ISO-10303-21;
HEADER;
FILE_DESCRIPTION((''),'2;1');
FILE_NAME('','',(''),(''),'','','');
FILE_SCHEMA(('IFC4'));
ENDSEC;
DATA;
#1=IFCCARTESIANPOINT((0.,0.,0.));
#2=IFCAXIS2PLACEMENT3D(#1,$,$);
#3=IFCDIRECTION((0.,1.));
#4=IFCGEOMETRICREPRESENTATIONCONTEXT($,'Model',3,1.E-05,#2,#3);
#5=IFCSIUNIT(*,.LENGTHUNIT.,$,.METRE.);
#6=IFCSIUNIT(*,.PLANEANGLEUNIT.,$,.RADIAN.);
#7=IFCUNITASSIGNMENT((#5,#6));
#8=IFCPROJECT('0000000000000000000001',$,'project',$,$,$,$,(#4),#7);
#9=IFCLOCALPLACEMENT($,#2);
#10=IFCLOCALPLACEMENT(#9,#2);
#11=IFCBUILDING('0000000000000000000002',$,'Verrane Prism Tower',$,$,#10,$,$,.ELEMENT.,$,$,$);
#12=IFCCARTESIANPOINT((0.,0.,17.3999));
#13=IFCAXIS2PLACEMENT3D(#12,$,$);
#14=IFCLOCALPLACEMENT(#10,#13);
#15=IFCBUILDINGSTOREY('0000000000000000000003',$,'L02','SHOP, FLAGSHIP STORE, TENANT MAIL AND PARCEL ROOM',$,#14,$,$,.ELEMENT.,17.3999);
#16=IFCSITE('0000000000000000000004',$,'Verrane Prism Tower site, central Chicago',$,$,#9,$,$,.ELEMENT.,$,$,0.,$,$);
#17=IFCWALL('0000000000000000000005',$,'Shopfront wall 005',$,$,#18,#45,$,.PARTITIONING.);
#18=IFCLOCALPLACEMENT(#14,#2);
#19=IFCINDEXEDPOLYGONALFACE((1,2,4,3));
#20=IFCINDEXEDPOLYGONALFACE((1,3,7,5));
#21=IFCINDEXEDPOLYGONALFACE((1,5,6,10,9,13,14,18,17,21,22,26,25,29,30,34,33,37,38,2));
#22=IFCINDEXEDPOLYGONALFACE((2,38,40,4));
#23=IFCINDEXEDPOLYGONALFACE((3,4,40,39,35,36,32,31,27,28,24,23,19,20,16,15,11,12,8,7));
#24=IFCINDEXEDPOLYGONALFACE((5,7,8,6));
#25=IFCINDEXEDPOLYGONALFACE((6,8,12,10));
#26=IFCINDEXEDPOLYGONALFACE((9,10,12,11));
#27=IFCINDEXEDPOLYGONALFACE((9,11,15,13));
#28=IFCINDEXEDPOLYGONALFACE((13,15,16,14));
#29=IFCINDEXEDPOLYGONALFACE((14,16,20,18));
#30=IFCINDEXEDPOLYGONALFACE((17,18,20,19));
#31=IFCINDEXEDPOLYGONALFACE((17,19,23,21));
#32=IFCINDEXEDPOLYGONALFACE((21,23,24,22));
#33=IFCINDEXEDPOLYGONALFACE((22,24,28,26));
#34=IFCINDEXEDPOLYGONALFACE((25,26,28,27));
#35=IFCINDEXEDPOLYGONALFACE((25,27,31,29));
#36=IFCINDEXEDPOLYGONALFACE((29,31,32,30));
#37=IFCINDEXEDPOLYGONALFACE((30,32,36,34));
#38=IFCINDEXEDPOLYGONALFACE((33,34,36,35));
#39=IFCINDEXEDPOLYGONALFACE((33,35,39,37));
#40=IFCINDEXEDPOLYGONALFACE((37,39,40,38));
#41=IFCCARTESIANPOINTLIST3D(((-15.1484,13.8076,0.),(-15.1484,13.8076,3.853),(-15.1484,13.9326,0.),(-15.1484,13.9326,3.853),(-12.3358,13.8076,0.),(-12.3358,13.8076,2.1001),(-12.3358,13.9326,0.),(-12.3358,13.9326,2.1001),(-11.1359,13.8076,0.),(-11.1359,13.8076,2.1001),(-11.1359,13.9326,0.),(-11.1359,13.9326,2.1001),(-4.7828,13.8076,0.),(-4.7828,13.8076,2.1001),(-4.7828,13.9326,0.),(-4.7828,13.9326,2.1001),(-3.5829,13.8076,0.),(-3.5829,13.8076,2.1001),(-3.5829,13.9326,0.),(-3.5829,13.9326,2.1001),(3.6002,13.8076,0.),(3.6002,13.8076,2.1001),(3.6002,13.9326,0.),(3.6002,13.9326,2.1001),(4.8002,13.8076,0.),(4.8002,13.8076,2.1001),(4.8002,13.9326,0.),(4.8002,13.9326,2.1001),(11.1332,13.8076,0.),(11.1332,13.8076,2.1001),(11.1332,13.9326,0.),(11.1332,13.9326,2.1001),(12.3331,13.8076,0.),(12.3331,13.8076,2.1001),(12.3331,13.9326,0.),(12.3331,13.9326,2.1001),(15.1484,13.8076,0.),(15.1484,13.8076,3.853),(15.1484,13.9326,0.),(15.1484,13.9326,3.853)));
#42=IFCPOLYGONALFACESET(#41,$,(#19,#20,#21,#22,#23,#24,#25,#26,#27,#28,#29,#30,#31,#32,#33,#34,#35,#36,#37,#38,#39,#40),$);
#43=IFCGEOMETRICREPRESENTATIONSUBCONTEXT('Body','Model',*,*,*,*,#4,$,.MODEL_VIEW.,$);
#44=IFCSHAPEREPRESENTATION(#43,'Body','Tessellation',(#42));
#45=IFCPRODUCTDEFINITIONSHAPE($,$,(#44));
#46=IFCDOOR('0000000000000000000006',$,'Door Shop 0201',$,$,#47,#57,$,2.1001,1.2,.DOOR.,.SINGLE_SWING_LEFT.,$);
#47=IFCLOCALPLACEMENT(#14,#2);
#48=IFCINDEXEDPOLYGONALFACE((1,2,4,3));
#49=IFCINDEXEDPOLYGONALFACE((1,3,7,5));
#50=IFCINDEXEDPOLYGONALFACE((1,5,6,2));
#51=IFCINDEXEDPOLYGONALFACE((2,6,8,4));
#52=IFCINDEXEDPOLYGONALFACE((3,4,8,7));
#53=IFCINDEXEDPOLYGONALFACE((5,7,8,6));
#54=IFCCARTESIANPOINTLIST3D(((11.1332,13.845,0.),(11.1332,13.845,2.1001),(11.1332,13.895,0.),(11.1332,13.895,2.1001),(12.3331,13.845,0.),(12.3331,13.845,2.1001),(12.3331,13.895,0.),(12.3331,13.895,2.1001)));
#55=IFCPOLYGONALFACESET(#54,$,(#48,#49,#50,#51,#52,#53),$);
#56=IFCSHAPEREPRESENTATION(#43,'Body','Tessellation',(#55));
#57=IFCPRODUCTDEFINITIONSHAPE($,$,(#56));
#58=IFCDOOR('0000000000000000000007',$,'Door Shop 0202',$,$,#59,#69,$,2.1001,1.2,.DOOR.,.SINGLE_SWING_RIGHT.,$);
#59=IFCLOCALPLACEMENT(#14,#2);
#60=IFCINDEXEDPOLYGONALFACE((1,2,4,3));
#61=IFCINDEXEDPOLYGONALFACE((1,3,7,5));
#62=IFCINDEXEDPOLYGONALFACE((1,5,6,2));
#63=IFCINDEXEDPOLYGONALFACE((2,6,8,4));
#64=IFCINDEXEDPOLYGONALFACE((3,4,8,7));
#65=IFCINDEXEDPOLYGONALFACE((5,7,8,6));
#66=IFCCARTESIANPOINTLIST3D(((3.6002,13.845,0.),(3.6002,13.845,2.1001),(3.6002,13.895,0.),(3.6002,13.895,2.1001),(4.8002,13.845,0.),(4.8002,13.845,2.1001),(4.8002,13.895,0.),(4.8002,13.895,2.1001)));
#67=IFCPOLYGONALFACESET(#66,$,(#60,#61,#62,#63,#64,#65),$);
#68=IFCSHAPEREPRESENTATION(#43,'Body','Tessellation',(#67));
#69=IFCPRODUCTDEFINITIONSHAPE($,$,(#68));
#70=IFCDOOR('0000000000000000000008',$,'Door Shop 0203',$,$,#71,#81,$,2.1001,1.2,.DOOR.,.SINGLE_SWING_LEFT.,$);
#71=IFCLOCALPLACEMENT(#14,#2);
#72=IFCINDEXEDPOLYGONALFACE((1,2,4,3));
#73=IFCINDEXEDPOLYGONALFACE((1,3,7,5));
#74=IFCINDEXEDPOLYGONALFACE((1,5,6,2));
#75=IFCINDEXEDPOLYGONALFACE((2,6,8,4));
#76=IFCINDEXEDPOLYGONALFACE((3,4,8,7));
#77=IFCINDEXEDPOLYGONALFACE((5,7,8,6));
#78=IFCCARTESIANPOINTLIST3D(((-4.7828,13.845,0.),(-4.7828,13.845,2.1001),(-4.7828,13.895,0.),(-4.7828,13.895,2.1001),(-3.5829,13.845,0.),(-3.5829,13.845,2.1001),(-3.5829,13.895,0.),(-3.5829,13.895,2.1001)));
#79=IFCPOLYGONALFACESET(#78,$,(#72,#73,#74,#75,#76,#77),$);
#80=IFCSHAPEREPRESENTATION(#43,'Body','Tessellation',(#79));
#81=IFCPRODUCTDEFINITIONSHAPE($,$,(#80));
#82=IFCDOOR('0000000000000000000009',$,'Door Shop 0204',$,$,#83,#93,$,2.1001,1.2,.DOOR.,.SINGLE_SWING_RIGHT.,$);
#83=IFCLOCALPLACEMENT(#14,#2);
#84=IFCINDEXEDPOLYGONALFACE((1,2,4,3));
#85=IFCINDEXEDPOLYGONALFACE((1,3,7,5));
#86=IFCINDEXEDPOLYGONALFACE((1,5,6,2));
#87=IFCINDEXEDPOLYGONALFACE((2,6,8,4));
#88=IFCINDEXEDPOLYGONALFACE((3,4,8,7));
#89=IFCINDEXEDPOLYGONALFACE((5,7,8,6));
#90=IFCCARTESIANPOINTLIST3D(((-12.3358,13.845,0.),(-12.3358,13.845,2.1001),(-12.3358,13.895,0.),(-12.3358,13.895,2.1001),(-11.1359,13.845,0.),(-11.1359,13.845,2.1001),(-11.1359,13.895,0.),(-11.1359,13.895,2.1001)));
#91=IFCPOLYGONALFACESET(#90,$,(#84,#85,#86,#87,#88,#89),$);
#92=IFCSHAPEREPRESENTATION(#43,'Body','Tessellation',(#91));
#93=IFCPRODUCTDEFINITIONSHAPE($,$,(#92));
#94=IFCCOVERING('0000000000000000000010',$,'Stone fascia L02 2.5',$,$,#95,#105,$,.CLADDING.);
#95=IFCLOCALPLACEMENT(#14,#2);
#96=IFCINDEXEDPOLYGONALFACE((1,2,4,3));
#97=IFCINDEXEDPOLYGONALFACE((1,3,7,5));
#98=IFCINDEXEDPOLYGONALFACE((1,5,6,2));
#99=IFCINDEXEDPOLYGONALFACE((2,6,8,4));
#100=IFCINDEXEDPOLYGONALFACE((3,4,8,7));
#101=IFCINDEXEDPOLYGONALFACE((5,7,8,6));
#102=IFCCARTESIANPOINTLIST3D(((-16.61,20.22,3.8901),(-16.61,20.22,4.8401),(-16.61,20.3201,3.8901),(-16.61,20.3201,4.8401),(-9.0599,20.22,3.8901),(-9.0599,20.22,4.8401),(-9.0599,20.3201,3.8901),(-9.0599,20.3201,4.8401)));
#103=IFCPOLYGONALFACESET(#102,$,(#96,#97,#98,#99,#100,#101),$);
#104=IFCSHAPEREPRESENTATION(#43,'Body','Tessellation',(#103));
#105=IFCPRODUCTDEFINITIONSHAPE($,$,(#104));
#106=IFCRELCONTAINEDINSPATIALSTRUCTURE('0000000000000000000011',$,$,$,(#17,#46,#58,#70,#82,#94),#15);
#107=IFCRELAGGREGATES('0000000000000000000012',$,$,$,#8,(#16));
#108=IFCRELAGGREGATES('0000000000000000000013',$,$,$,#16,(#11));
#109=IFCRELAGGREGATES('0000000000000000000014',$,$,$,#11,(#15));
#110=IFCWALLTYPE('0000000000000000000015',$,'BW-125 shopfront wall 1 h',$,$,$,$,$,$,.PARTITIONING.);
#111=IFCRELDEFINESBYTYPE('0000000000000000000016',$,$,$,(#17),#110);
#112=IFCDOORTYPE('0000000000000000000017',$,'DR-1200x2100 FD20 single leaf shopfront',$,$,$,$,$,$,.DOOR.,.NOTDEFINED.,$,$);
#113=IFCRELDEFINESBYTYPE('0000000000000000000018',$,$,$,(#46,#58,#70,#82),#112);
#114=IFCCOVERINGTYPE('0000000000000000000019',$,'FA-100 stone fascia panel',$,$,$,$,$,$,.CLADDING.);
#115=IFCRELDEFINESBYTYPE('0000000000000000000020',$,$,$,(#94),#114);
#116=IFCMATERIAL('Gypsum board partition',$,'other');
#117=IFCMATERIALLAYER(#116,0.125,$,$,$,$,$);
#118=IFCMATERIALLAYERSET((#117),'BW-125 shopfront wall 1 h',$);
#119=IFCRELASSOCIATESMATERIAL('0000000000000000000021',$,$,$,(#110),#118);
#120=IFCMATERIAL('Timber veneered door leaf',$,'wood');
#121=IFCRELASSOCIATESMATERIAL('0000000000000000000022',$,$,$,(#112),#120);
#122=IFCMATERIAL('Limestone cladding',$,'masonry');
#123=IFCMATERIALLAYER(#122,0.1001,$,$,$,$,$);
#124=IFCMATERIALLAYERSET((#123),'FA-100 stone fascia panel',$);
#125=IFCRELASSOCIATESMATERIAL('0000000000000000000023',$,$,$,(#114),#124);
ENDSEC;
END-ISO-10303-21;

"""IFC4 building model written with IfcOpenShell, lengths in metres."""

from ifc_helpers import new_model, si_unit, direction, frame, frame_2d, origin, origin_2d, place, context, subcontext, project, spatial, rectangle, extrude, material, layer, layer_set, type_object, element, fill, save


model = new_model("IFC4")

# Units and contexts
model_context = context("Model", 3, precision=1e-05, world=origin(), true_north=direction((0.0, 1.0)))
body_context = subcontext(model_context, "Body", "Model", "MODEL_VIEW")
ifc_project = project(units=[si_unit("LENGTHUNIT", "METRE"), si_unit("PLANEANGLEUNIT", "RADIAN")], contexts=[model_context])

# Site, building, storey
site_placement = place(None, origin())
site = spatial("IfcSite", under=ifc_project, at=site_placement, Name="Verrane Prism Tower site, central Chicago", CompositionType="ELEMENT", RefElevation=0.0)
building_placement = place(site_placement, origin())
building = spatial("IfcBuilding", under=site, at=building_placement, Name="Verrane Prism Tower", CompositionType="ELEMENT")
storey_placement = place(building_placement, frame((0.0, 0.0, 17.3999)))
storey = spatial("IfcBuildingStorey", under=building, at=storey_placement, Name="L02", Description="SHOP, FLAGSHIP STORE, TENANT MAIL AND PARCEL ROOM", CompositionType="ELEMENT", Elevation=17.3999)

# Shared definitions
ifc_material_1 = material(Name="Gypsum board partition", Category="other")
ifc_layer_1 = layer(ifc_material_1, 0.125)
ifc_layer_set_1 = layer_set([ifc_layer_1], Name="BW-125 shopfront wall 1 h")
wall_type = type_object("IfcWallType", Name="BW-125 shopfront wall 1 h", PredefinedType="PARTITIONING", material=ifc_layer_set_1)

# Wall, openings, doors
wall_1_placement = place(storey_placement, frame((-15.1484, 13.8701, 0.0), z_axis=(0.0, 0.0, 1.0), x_axis=(1.0, 0.0, 0.0)))
wall_1 = element("IfcWall", 1, at=wall_1_placement, inside=storey, type_object=wall_type, Name="Shopfront wall 005", PredefinedType="PARTITIONING", context=body_context, shape_type="SweptSolid", body=[
    extrude(rectangle(XDim=30.2969, YDim=0.125, at=frame_2d((15.1484, 0.0))), origin(), (0.0, 0.0, 1.0), 3.853),
])
opening_1_placement = place(wall_1_placement, frame((26.2815, 0.0, 0.0)))
opening_1 = element("IfcOpeningElement", 2, at=opening_1_placement, cuts=wall_1, PredefinedType="OPENING", context=body_context, shape_type="SweptSolid", body=[
    extrude(rectangle(XDim=1.2, YDim=2.1001, at=frame_2d((0.6001, 1.05))), frame((0.0, 0.0725, 0.0), z_axis=(0.0, -1.0, 0.0), x_axis=(1.0, 0.0, 0.0)), (0.0, 0.0, 1.0), 0.145),
])
opening_2_placement = place(wall_1_placement, frame((18.7485, 0.0, 0.0)))
opening_2 = element("IfcOpeningElement", 3, at=opening_2_placement, cuts=wall_1, PredefinedType="OPENING", context=body_context, shape_type="SweptSolid", body=[
    extrude(rectangle(XDim=1.2, YDim=2.1001, at=frame_2d((0.6001, 1.05))), frame((0.0, 0.0725, 0.0), z_axis=(0.0, -1.0, 0.0), x_axis=(1.0, 0.0, 0.0)), (0.0, 0.0, 1.0), 0.145),
])
opening_3_placement = place(wall_1_placement, frame((10.3655, 0.0, 0.0)))
opening_3 = element("IfcOpeningElement", 4, at=opening_3_placement, cuts=wall_1, PredefinedType="OPENING", context=body_context, shape_type="SweptSolid", body=[
    extrude(rectangle(XDim=1.2, YDim=2.1001, at=frame_2d((0.6001, 1.05))), frame((0.0, 0.0725, 0.0), z_axis=(0.0, -1.0, 0.0), x_axis=(1.0, 0.0, 0.0)), (0.0, 0.0, 1.0), 0.145),
])
opening_4_placement = place(wall_1_placement, frame((2.8125, 0.0, 0.0)))
opening_4 = element("IfcOpeningElement", 5, at=opening_4_placement, cuts=wall_1, PredefinedType="OPENING", context=body_context, shape_type="SweptSolid", body=[
    extrude(rectangle(XDim=1.2, YDim=2.1001, at=frame_2d((0.6001, 1.05))), frame((0.0, 0.0725, 0.0), z_axis=(0.0, -1.0, 0.0), x_axis=(1.0, 0.0, 0.0)), (0.0, 0.0, 1.0), 0.145),
])
ifc_material_2 = material(Name="Timber veneered door leaf", Category="wood")
door_type = type_object("IfcDoorType", Name="DR-1200x2100 FD20 single leaf shopfront", OperationType="NOTDEFINED", PredefinedType="DOOR", material=ifc_material_2)
door_1_placement = place(opening_1_placement, origin())
door_1 = element("IfcDoor", 6, at=door_1_placement, inside=storey, type_object=door_type, Name="Door Shop 0201", OperationType="SINGLE_SWING_LEFT", OverallHeight=2.1001, OverallWidth=1.2, PredefinedType="DOOR", context=body_context, shape_type="SweptSolid", body=[
    extrude(rectangle(XDim=1.2, YDim=2.1001, at=frame_2d((0.6001, 1.05))), frame((0.0, 0.0249, 0.0), z_axis=(0.0, -1.0, 0.0), x_axis=(1.0, 0.0, 0.0)), (0.0, 0.0, 1.0), 0.05),
])
fill(opening_1, door_1)
door_2_placement = place(opening_2_placement, origin())
door_2 = element("IfcDoor", 7, at=door_2_placement, inside=storey, type_object=door_type, Name="Door Shop 0202", OperationType="SINGLE_SWING_RIGHT", OverallHeight=2.1001, OverallWidth=1.2, PredefinedType="DOOR", context=body_context, shape_type="SweptSolid", body=[
    extrude(rectangle(XDim=1.2, YDim=2.1001, at=frame_2d((0.6001, 1.05))), frame((0.0, 0.0249, 0.0), z_axis=(0.0, -1.0, 0.0), x_axis=(1.0, 0.0, 0.0)), (0.0, 0.0, 1.0), 0.05),
])
fill(opening_2, door_2)
door_3_placement = place(opening_3_placement, origin())
door_3 = element("IfcDoor", 8, at=door_3_placement, inside=storey, type_object=door_type, Name="Door Shop 0203", OperationType="SINGLE_SWING_LEFT", OverallHeight=2.1001, OverallWidth=1.2, PredefinedType="DOOR", context=body_context, shape_type="SweptSolid", body=[
    extrude(rectangle(XDim=1.2, YDim=2.1001, at=frame_2d((0.6001, 1.05))), frame((0.0, 0.0249, 0.0), z_axis=(0.0, -1.0, 0.0), x_axis=(1.0, 0.0, 0.0)), (0.0, 0.0, 1.0), 0.05),
])
fill(opening_3, door_3)
door_4_placement = place(opening_4_placement, origin())
door_4 = element("IfcDoor", 9, at=door_4_placement, inside=storey, type_object=door_type, Name="Door Shop 0204", OperationType="SINGLE_SWING_RIGHT", OverallHeight=2.1001, OverallWidth=1.2, PredefinedType="DOOR", context=body_context, shape_type="SweptSolid", body=[
    extrude(rectangle(XDim=1.2, YDim=2.1001, at=frame_2d((0.6001, 1.05))), frame((0.0, 0.0249, 0.0), z_axis=(0.0, -1.0, 0.0), x_axis=(1.0, 0.0, 0.0)), (0.0, 0.0, 1.0), 0.05),
])
fill(opening_4, door_4)

# Covering
ifc_material_3 = material(Name="Limestone cladding", Category="masonry")
ifc_layer_2 = layer(ifc_material_3, 0.1001)
ifc_layer_set_2 = layer_set([ifc_layer_2], Name="FA-100 stone fascia panel")
covering_type = type_object("IfcCoveringType", Name="FA-100 stone fascia panel", PredefinedType="CLADDING", material=ifc_layer_set_2)
covering_placement = place(storey_placement, frame((-12.835, 20.27, 3.8901), z_axis=(0.0, 0.0, 1.0), x_axis=(-1.0, 0.0, 0.0)))
element("IfcCovering", 10, at=covering_placement, inside=storey, type_object=covering_type, Name="Stone fascia L02 2.5", PredefinedType="CLADDING", context=body_context, shape_type="SweptSolid", body=[
    extrude(rectangle(XDim=7.55, YDim=0.1001, at=origin_2d()), origin(), (0.0, 0.0, 1.0), 0.95),
])

save(model, "model.ifc")
